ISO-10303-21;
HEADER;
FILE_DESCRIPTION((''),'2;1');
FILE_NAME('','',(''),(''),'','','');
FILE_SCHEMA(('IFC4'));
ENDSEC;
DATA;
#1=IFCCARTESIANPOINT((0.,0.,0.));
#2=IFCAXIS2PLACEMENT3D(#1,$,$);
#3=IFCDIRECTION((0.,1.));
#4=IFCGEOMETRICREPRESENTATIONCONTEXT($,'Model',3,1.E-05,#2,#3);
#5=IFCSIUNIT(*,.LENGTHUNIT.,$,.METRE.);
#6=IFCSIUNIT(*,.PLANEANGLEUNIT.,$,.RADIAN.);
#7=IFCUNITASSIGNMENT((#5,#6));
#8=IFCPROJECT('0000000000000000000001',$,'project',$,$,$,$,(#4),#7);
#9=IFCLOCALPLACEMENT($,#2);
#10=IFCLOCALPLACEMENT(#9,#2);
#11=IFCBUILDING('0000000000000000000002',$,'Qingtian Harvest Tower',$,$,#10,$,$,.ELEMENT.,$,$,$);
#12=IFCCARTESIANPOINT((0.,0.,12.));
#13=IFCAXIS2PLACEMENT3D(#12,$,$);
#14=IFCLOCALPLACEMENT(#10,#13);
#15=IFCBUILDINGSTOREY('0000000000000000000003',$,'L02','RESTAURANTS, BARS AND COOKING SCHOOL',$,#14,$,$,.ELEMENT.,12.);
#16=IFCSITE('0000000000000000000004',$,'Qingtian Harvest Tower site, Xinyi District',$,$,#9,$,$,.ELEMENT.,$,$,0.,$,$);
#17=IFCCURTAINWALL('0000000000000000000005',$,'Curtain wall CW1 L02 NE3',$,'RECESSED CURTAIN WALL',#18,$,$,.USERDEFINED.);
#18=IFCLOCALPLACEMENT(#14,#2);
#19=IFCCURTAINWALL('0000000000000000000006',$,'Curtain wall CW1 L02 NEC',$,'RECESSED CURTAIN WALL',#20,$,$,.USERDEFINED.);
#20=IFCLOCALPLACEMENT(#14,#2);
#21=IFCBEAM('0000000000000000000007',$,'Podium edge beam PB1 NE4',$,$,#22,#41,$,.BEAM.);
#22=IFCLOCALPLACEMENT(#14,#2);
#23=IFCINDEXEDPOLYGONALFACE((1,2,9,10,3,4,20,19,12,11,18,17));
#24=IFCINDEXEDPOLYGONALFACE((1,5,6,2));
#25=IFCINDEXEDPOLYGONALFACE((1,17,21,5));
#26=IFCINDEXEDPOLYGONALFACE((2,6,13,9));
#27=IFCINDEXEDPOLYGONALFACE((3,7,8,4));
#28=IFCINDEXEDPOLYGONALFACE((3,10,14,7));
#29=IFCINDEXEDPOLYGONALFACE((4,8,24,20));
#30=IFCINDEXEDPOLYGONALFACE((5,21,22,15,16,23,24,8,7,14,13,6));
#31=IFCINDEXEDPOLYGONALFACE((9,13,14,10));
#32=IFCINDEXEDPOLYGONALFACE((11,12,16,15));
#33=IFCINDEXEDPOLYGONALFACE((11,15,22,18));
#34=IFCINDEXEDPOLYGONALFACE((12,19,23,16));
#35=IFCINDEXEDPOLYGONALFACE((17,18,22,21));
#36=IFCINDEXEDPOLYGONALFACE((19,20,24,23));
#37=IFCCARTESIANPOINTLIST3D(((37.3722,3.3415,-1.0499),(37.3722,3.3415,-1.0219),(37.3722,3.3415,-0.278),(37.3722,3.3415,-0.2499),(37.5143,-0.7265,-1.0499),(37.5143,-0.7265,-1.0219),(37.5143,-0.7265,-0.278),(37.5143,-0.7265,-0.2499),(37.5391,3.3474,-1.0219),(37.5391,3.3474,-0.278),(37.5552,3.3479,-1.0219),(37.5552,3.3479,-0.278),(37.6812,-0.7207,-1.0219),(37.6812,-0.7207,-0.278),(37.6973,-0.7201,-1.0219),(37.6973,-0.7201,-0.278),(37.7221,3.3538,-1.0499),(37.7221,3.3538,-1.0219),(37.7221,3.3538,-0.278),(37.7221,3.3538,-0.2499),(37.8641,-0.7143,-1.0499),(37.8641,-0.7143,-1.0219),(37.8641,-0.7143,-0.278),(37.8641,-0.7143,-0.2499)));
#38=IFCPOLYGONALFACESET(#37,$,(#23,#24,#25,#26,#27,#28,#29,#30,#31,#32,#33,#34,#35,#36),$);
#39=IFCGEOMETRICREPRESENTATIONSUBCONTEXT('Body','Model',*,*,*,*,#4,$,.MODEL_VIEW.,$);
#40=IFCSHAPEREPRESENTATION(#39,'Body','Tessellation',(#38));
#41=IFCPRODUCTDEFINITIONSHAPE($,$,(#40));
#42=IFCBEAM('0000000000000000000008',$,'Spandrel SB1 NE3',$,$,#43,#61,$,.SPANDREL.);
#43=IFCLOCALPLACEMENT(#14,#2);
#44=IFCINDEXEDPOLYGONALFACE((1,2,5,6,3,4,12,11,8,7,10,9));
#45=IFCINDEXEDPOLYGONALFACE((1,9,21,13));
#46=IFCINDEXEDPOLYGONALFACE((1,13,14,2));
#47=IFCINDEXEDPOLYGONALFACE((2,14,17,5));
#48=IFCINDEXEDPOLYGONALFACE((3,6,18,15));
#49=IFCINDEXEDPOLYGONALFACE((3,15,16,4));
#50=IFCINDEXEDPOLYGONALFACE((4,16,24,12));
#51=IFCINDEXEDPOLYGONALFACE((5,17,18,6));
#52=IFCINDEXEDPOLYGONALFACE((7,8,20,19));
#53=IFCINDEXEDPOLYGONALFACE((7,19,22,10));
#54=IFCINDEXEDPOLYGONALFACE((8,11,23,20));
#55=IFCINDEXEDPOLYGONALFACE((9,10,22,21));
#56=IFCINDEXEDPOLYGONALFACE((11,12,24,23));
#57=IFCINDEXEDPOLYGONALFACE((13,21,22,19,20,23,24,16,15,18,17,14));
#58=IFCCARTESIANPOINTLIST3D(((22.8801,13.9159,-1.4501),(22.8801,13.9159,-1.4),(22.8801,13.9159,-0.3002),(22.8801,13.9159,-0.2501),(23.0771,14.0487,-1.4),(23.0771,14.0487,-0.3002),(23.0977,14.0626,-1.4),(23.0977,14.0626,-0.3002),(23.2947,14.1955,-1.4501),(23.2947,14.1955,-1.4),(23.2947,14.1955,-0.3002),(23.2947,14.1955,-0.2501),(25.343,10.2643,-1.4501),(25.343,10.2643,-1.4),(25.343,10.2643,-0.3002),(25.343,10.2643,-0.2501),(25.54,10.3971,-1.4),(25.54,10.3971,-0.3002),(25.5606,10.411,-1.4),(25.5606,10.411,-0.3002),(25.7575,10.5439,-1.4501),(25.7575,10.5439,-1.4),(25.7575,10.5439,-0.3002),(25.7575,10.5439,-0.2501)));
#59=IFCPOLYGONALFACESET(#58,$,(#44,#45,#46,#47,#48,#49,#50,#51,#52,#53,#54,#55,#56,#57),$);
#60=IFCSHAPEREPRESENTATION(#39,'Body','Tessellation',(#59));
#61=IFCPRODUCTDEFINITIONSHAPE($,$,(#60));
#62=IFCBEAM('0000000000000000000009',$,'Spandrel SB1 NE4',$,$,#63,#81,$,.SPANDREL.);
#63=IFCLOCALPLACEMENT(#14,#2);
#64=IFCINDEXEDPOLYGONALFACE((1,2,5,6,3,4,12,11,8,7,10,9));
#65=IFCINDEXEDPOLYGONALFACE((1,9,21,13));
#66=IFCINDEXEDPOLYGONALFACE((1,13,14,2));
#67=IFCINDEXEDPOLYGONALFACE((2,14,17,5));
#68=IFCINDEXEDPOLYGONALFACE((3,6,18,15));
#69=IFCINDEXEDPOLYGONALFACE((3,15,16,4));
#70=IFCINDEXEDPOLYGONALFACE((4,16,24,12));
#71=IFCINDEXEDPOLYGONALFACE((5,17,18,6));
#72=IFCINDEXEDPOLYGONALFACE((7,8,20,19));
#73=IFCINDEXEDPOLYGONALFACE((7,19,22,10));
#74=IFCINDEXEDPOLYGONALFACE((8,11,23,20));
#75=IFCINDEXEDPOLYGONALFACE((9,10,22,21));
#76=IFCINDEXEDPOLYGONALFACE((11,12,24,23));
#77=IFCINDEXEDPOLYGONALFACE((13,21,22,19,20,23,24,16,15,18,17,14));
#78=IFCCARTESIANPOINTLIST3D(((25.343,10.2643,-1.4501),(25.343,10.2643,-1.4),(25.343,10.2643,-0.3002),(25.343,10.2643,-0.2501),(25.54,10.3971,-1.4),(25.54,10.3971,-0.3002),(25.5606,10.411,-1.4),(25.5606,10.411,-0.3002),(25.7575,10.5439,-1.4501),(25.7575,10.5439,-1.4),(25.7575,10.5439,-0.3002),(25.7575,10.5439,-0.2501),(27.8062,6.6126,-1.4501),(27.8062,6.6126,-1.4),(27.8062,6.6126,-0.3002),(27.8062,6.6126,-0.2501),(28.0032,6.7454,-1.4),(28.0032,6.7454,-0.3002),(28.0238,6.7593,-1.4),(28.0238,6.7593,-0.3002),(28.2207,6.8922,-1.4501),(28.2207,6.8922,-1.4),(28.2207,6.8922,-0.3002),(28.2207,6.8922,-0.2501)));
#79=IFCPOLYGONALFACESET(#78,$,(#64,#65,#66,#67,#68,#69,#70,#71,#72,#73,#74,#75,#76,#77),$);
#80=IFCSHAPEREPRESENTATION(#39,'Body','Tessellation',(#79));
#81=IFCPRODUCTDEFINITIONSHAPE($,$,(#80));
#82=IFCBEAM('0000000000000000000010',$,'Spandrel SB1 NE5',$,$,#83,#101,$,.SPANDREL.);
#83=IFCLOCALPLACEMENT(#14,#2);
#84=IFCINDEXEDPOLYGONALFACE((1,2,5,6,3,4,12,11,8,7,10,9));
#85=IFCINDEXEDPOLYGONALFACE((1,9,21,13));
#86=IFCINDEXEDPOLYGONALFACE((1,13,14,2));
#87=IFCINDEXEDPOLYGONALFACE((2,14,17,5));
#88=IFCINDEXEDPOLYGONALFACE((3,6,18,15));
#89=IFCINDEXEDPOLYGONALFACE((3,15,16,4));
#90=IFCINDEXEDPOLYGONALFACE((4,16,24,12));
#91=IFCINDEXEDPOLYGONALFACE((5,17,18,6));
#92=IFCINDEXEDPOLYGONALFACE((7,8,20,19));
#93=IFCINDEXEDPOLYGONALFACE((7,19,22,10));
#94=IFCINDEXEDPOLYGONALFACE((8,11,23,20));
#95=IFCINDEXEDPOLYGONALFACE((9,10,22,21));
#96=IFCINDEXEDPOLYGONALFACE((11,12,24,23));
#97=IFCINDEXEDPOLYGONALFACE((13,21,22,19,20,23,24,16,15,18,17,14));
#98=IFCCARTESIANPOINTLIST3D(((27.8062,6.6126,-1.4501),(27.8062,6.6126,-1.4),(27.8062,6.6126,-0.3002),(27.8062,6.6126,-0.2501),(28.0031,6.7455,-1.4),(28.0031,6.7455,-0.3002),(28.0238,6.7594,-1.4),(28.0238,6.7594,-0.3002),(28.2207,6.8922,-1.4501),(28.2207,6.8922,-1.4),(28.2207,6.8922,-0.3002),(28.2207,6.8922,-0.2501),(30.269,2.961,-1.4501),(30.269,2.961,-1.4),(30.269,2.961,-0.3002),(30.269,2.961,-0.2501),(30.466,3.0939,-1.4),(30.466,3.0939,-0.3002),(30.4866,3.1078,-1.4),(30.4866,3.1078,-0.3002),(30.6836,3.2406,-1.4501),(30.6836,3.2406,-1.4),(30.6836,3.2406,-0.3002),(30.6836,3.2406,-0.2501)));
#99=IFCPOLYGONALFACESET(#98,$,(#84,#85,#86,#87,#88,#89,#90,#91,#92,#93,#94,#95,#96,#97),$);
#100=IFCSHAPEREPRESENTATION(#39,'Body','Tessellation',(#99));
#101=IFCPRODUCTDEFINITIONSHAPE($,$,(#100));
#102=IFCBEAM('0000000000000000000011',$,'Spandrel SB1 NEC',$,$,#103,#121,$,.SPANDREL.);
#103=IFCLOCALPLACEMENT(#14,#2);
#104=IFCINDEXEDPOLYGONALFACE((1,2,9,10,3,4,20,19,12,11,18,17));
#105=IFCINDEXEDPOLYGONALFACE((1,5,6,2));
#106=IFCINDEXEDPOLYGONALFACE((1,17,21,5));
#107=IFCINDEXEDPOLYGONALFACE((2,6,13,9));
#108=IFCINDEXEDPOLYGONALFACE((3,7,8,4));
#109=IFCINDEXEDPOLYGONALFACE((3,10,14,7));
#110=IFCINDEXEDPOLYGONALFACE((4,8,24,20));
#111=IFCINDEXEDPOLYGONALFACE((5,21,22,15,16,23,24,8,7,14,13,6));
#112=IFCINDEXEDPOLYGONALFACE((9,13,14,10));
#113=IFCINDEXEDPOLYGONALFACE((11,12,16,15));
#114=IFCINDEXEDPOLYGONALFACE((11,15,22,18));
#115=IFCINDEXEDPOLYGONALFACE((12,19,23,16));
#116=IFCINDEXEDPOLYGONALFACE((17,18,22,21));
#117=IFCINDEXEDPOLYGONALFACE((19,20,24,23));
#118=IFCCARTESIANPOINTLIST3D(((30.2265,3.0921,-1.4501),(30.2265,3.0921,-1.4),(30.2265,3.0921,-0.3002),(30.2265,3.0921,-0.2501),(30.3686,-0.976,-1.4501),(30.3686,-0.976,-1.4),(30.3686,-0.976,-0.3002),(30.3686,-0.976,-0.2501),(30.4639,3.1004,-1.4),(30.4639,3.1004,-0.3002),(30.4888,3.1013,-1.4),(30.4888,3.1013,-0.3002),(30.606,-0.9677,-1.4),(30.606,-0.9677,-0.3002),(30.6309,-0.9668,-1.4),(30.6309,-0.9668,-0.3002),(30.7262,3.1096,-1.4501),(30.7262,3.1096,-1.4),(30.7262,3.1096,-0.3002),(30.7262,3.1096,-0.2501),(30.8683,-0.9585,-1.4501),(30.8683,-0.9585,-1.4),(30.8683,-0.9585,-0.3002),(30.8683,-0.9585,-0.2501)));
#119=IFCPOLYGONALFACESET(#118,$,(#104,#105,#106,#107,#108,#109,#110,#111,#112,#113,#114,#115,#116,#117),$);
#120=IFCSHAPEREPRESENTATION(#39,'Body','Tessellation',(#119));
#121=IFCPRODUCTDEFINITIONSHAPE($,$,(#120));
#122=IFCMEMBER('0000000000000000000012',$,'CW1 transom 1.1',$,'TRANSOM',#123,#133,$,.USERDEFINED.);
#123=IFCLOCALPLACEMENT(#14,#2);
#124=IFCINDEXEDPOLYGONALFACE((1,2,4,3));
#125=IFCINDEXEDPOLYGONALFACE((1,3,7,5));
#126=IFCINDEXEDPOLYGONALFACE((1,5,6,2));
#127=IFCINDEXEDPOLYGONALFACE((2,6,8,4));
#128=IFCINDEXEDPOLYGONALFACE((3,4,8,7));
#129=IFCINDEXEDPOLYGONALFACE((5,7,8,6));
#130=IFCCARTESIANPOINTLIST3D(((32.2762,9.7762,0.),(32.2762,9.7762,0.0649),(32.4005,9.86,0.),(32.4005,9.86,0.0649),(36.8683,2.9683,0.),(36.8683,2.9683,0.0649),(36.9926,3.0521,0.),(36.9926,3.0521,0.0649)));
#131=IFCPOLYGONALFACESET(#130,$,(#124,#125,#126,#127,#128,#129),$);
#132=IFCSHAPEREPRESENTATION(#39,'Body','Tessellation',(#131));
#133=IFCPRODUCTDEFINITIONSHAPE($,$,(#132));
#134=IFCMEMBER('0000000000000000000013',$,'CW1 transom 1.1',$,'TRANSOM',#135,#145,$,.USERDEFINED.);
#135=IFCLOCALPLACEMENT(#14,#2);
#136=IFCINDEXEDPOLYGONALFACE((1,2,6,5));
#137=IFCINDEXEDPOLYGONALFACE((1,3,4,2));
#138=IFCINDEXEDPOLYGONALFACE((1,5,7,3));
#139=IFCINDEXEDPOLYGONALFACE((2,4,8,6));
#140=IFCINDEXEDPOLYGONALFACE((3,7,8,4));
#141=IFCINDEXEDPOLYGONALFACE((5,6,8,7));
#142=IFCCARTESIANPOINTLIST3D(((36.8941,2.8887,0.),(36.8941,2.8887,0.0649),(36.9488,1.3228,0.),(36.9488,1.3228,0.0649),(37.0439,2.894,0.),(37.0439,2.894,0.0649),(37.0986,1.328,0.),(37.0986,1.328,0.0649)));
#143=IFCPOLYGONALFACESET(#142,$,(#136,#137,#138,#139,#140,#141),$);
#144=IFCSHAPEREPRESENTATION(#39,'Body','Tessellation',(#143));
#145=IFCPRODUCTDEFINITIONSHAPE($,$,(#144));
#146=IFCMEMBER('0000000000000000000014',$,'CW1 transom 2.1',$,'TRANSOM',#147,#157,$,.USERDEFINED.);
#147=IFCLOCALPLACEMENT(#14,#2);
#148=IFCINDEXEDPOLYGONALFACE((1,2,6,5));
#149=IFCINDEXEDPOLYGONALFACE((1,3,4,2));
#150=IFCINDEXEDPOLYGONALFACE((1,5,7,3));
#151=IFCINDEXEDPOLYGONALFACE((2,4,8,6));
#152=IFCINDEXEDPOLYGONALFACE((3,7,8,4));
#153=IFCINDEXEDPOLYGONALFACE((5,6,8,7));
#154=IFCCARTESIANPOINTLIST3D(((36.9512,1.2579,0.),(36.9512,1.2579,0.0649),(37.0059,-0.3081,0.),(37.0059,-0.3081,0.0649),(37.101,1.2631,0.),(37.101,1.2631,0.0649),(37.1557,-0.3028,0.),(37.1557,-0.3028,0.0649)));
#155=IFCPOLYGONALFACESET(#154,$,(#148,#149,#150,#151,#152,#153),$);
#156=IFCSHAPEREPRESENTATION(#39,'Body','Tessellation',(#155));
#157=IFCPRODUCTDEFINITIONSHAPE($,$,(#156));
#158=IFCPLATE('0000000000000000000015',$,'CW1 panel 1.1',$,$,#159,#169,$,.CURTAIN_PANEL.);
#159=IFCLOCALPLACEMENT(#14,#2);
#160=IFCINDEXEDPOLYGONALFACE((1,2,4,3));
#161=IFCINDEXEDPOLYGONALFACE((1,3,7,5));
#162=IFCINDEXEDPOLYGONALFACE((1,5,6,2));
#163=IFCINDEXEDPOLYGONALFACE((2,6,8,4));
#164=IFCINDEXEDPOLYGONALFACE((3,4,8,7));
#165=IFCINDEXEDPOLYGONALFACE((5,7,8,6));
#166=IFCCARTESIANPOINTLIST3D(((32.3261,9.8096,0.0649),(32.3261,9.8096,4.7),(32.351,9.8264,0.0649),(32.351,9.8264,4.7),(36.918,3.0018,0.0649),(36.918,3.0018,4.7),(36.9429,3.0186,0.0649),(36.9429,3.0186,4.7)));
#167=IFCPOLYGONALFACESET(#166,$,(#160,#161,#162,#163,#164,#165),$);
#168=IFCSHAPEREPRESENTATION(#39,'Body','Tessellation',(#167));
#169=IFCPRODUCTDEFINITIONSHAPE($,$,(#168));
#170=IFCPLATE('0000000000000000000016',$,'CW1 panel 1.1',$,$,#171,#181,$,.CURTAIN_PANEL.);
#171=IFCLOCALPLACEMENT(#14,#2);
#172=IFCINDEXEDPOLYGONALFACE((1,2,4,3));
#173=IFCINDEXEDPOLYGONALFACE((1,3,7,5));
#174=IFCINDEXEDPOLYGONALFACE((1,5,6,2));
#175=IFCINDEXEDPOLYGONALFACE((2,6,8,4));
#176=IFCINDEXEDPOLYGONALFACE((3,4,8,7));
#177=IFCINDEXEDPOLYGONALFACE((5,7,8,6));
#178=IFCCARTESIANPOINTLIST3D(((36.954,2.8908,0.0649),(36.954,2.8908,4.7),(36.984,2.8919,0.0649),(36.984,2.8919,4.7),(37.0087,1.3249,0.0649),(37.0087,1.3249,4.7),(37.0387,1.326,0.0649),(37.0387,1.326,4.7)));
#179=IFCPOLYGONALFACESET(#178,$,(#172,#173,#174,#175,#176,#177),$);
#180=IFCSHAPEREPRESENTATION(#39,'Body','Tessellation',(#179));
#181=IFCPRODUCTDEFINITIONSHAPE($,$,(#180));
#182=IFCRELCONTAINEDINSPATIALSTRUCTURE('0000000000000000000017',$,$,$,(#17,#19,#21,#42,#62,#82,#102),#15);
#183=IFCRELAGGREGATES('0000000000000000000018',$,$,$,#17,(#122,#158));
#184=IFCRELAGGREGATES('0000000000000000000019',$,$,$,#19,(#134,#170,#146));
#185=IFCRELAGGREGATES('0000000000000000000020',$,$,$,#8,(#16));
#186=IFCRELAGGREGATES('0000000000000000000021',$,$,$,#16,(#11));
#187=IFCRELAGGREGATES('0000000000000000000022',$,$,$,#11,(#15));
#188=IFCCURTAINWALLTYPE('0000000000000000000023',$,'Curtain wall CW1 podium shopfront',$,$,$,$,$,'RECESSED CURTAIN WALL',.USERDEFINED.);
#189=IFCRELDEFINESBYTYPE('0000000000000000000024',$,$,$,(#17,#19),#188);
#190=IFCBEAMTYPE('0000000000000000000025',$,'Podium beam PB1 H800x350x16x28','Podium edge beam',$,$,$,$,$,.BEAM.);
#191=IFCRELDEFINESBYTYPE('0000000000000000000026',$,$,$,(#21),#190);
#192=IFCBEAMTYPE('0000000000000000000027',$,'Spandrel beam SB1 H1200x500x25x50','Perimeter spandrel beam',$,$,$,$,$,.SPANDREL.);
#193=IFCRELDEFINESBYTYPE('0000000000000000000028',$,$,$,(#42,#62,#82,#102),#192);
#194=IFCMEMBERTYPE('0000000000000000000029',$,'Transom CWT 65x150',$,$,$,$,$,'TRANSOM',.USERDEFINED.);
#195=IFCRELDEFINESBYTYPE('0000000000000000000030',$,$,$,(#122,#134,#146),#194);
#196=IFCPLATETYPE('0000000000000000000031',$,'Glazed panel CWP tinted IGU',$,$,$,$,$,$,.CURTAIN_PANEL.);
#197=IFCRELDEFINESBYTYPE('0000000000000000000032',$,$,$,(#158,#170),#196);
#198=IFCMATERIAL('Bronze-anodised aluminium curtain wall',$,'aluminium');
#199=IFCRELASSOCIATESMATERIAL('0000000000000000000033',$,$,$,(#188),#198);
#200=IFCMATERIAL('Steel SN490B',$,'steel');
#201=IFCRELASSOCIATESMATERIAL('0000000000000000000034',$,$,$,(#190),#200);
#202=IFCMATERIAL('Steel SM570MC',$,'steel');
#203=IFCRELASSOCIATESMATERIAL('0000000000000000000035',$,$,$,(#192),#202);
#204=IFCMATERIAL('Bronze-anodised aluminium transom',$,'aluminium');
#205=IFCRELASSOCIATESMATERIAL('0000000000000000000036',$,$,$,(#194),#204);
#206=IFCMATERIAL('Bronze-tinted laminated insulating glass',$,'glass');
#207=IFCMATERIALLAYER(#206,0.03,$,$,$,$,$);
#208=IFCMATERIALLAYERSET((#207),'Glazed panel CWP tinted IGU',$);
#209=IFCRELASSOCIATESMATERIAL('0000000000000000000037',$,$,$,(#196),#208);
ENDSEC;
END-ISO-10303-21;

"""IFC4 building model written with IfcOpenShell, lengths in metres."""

from ifc_helpers import new_model, si_unit, direction, frame, origin, origin_2d, place, context, subcontext, project, spatial, rectangle, i_section, extrude, material, layer, layer_set, material_profile, profile_set, type_object, element, aggregate, save


model = new_model("IFC4")

# Units and contexts
model_context = context("Model", 3, precision=1e-05, world=origin(), true_north=direction((0.0, 1.0)))
body_context = subcontext(model_context, "Body", "Model", "MODEL_VIEW")
ifc_project = project(units=[si_unit("LENGTHUNIT", "METRE"), si_unit("PLANEANGLEUNIT", "RADIAN")], contexts=[model_context])

# Site, building, storey
site_placement = place(None, origin())
site = spatial("IfcSite", under=ifc_project, at=site_placement, Name="Qingtian Harvest Tower site, Xinyi District", CompositionType="ELEMENT", RefElevation=0.0)
building_placement = place(site_placement, origin())
building = spatial("IfcBuilding", under=site, at=building_placement, Name="Qingtian Harvest Tower", CompositionType="ELEMENT")
storey_placement = place(building_placement, frame((0.0, 0.0, 12.0)))
storey = spatial("IfcBuildingStorey", under=building, at=storey_placement, Name="L02", Description="RESTAURANTS, BARS AND COOKING SCHOOL", CompositionType="ELEMENT", Elevation=12.0)

# Curtain walls
ifc_material_1 = material(Name="Bronze-anodised aluminium curtain wall", Category="aluminium")
curtain_wall_type = type_object("IfcCurtainWallType", Name="Curtain wall CW1 podium shopfront", ElementType="RECESSED CURTAIN WALL", PredefinedType="USERDEFINED", material=ifc_material_1)
curtain_wall_1_placement = place(storey_placement, origin())
curtain_wall_1 = element("IfcCurtainWall", 1, at=curtain_wall_1_placement, inside=storey, type_object=curtain_wall_type, Name="Curtain wall CW1 L02 NE3", ObjectType="RECESSED CURTAIN WALL", PredefinedType="USERDEFINED")
curtain_wall_2_placement = place(storey_placement, origin())
curtain_wall_2 = element("IfcCurtainWall", 2, at=curtain_wall_2_placement, inside=storey, type_object=curtain_wall_type, Name="Curtain wall CW1 L02 NEC", ObjectType="RECESSED CURTAIN WALL", PredefinedType="USERDEFINED")

# Beams
ifc_material_2 = material(Name="Steel SN490B", Category="steel")
ifc_material_profile_1 = material_profile(ifc_material_2, i_section(OverallWidth=0.3501, OverallDepth=0.8, WebThickness=0.0161, FlangeThickness=0.0281, at=origin_2d()), Name="H800x350x16x28")
ifc_profile_set_1 = profile_set([ifc_material_profile_1], Name="Steel SN490B")
beam_type_1 = type_object("IfcBeamType", Name="Podium beam PB1 H800x350x16x28", Description="Podium edge beam", PredefinedType="BEAM", material=ifc_profile_set_1)
beam_1_placement = place(storey_placement, frame((37.5471, 3.3477, -0.6499), z_axis=(0.034906, -0.999391, 0.0), x_axis=(0.999391, 0.034906, 0.0)))
element("IfcBeam", 3, at=beam_1_placement, inside=storey, type_object=beam_type_1, Name="Podium edge beam PB1 NE4", PredefinedType="BEAM", context=body_context, shape_type="SweptSolid", body=[
    extrude(i_section(OverallWidth=0.3501, OverallDepth=0.8, WebThickness=0.0161, FlangeThickness=0.0281, at=origin_2d()), origin(), (0.0, 0.0, 1.0), 4.0706),
])
ifc_material_3 = material(Name="Steel SM570MC", Category="steel")
ifc_material_profile_2 = material_profile(ifc_material_3, i_section(OverallWidth=0.5, OverallDepth=1.2, WebThickness=0.0249, FlangeThickness=0.05, at=origin_2d()), Name="H1200x500x25x50")
ifc_profile_set_2 = profile_set([ifc_material_profile_2], Name="Steel SM570MC")
beam_type_2 = type_object("IfcBeamType", Name="Spandrel beam SB1 H1200x500x25x50", Description="Perimeter spandrel beam", PredefinedType="SPANDREL", material=ifc_profile_set_2)
beam_2_placement = place(storey_placement, frame((23.0874, 14.0557, -0.8501), z_axis=(0.559169, -0.829054, 0.0), x_axis=(0.829054, 0.559169, 0.0)))
element("IfcBeam", 4, at=beam_2_placement, inside=storey, type_object=beam_type_2, Name="Spandrel SB1 NE3", PredefinedType="SPANDREL", context=body_context, shape_type="SweptSolid", body=[
    extrude(i_section(OverallWidth=0.5, OverallDepth=1.2, WebThickness=0.0249, FlangeThickness=0.05, at=origin_2d()), origin(), (0.0, 0.0, 1.0), 4.4045),
])
beam_3_placement = place(storey_placement, frame((25.5503, 10.4041, -0.8501), z_axis=(0.559207, -0.829028, 0.0), x_axis=(0.829028, 0.559207, 0.0)))
element("IfcBeam", 5, at=beam_3_placement, inside=storey, type_object=beam_type_2, Name="Spandrel SB1 NE4", PredefinedType="SPANDREL", context=body_context, shape_type="SweptSolid", body=[
    extrude(i_section(OverallWidth=0.5, OverallDepth=1.2, WebThickness=0.0249, FlangeThickness=0.05, at=origin_2d()), origin(), (0.0, 0.0, 1.0), 4.4048),
])
beam_4_placement = place(storey_placement, frame((28.0134, 6.7524, -0.8501), z_axis=(0.559169, -0.829054, 0.0), x_axis=(0.829054, 0.559169, 0.0)))
element("IfcBeam", 6, at=beam_4_placement, inside=storey, type_object=beam_type_2, Name="Spandrel SB1 NE5", PredefinedType="SPANDREL", context=body_context, shape_type="SweptSolid", body=[
    extrude(i_section(OverallWidth=0.5, OverallDepth=1.2, WebThickness=0.0249, FlangeThickness=0.05, at=origin_2d()), origin(), (0.0, 0.0, 1.0), 4.4045),
])
beam_5_placement = place(storey_placement, frame((30.4763, 3.1008, -0.8501), z_axis=(0.034906, -0.999391, 0.0), x_axis=(0.999391, 0.034906, 0.0)))
element("IfcBeam", 7, at=beam_5_placement, inside=storey, type_object=beam_type_2, Name="Spandrel SB1 NEC", PredefinedType="SPANDREL", context=body_context, shape_type="SweptSolid", body=[
    extrude(i_section(OverallWidth=0.5, OverallDepth=1.2, WebThickness=0.0249, FlangeThickness=0.05, at=origin_2d()), origin(), (0.0, 0.0, 1.0), 4.0706),
])

# Members
ifc_material_4 = material(Name="Bronze-anodised aluminium transom", Category="aluminium")
ifc_material_profile_3 = material_profile(ifc_material_4, rectangle(XDim=0.1499, YDim=0.0649, at=origin_2d()), Name="AL 65x150")
ifc_profile_set_3 = profile_set([ifc_material_profile_3], Name="Bronze-anodised aluminium transom")
member_type_1 = type_object("IfcMemberType", Name="Transom CWT 65x150", ElementType="TRANSOM", PredefinedType="USERDEFINED", material=ifc_profile_set_3)
member_1_placement = place(storey_placement, frame((32.3384, 9.8181, 0.0325), z_axis=(0.5592, -0.829033, 0.0), x_axis=(0.829033, 0.5592, 0.0)))
member_1 = element("IfcMember", 8, at=member_1_placement, type_object=member_type_1, Name="CW1 transom 1.1", ObjectType="TRANSOM", PredefinedType="USERDEFINED", context=body_context, shape_type="SweptSolid", body=[
    extrude(rectangle(XDim=0.1499, YDim=0.0649, at=origin_2d()), origin(), (0.0, 0.0, 1.0), 8.2119),
])
member_2_placement = place(storey_placement, frame((36.969, 2.8914, 0.0325), z_axis=(0.034902, -0.999391, 0.0), x_axis=(0.999391, 0.034902, 0.0)))
member_2 = element("IfcMember", 9, at=member_2_placement, type_object=member_type_1, Name="CW1 transom 1.1", ObjectType="TRANSOM", PredefinedType="USERDEFINED", context=body_context, shape_type="SweptSolid", body=[
    extrude(rectangle(XDim=0.1499, YDim=0.0649, at=origin_2d()), origin(), (0.0, 0.0, 1.0), 1.5669),
])
member_3_placement = place(storey_placement, frame((37.0261, 1.2605, 0.0325), z_axis=(0.034902, -0.999391, 0.0), x_axis=(0.999391, 0.034902, 0.0)))
member_3 = element("IfcMember", 10, at=member_3_placement, type_object=member_type_1, Name="CW1 transom 2.1", ObjectType="TRANSOM", PredefinedType="USERDEFINED", context=body_context, shape_type="SweptSolid", body=[
    extrude(rectangle(XDim=0.1499, YDim=0.0649, at=origin_2d()), origin(), (0.0, 0.0, 1.0), 1.5669),
])

# Plates
ifc_material_5 = material(Name="Bronze-tinted laminated insulating glass", Category="glass")
ifc_layer_1 = layer(ifc_material_5, 0.03)
ifc_layer_set_1 = layer_set([ifc_layer_1], Name="Glazed panel CWP tinted IGU")
plate_type = type_object("IfcPlateType", Name="Glazed panel CWP tinted IGU", PredefinedType="CURTAIN_PANEL", material=ifc_layer_set_1)
plate_1_placement = place(storey_placement, frame((34.6345, 6.4141, 0.0649), z_axis=(0.0, 0.0, 1.0), x_axis=(0.559193, -0.829038, 0.0)))
plate_1 = element("IfcPlate", 11, at=plate_1_placement, type_object=plate_type, Name="CW1 panel 1.1", PredefinedType="CURTAIN_PANEL", context=body_context, shape_type="SweptSolid", body=[
    extrude(rectangle(XDim=8.2117, YDim=0.03, at=origin_2d()), origin(), (0.0, 0.0, 1.0), 4.635),
])
aggregate(curtain_wall_1, [member_1, plate_1])
plate_2_placement = place(storey_placement, frame((36.9963, 2.1084, 0.0649), z_axis=(0.0, 0.0, 1.0), x_axis=(0.034899, -0.999391, 0.0)))
plate_2 = element("IfcPlate", 12, at=plate_2_placement, type_object=plate_type, Name="CW1 panel 1.1", PredefinedType="CURTAIN_PANEL", context=body_context, shape_type="SweptSolid", body=[
    extrude(rectangle(XDim=1.5669, YDim=0.03, at=origin_2d()), origin(), (0.0, 0.0, 1.0), 4.635),
])
aggregate(curtain_wall_2, [member_2, plate_2, member_3])

save(model, "model.ifc")
